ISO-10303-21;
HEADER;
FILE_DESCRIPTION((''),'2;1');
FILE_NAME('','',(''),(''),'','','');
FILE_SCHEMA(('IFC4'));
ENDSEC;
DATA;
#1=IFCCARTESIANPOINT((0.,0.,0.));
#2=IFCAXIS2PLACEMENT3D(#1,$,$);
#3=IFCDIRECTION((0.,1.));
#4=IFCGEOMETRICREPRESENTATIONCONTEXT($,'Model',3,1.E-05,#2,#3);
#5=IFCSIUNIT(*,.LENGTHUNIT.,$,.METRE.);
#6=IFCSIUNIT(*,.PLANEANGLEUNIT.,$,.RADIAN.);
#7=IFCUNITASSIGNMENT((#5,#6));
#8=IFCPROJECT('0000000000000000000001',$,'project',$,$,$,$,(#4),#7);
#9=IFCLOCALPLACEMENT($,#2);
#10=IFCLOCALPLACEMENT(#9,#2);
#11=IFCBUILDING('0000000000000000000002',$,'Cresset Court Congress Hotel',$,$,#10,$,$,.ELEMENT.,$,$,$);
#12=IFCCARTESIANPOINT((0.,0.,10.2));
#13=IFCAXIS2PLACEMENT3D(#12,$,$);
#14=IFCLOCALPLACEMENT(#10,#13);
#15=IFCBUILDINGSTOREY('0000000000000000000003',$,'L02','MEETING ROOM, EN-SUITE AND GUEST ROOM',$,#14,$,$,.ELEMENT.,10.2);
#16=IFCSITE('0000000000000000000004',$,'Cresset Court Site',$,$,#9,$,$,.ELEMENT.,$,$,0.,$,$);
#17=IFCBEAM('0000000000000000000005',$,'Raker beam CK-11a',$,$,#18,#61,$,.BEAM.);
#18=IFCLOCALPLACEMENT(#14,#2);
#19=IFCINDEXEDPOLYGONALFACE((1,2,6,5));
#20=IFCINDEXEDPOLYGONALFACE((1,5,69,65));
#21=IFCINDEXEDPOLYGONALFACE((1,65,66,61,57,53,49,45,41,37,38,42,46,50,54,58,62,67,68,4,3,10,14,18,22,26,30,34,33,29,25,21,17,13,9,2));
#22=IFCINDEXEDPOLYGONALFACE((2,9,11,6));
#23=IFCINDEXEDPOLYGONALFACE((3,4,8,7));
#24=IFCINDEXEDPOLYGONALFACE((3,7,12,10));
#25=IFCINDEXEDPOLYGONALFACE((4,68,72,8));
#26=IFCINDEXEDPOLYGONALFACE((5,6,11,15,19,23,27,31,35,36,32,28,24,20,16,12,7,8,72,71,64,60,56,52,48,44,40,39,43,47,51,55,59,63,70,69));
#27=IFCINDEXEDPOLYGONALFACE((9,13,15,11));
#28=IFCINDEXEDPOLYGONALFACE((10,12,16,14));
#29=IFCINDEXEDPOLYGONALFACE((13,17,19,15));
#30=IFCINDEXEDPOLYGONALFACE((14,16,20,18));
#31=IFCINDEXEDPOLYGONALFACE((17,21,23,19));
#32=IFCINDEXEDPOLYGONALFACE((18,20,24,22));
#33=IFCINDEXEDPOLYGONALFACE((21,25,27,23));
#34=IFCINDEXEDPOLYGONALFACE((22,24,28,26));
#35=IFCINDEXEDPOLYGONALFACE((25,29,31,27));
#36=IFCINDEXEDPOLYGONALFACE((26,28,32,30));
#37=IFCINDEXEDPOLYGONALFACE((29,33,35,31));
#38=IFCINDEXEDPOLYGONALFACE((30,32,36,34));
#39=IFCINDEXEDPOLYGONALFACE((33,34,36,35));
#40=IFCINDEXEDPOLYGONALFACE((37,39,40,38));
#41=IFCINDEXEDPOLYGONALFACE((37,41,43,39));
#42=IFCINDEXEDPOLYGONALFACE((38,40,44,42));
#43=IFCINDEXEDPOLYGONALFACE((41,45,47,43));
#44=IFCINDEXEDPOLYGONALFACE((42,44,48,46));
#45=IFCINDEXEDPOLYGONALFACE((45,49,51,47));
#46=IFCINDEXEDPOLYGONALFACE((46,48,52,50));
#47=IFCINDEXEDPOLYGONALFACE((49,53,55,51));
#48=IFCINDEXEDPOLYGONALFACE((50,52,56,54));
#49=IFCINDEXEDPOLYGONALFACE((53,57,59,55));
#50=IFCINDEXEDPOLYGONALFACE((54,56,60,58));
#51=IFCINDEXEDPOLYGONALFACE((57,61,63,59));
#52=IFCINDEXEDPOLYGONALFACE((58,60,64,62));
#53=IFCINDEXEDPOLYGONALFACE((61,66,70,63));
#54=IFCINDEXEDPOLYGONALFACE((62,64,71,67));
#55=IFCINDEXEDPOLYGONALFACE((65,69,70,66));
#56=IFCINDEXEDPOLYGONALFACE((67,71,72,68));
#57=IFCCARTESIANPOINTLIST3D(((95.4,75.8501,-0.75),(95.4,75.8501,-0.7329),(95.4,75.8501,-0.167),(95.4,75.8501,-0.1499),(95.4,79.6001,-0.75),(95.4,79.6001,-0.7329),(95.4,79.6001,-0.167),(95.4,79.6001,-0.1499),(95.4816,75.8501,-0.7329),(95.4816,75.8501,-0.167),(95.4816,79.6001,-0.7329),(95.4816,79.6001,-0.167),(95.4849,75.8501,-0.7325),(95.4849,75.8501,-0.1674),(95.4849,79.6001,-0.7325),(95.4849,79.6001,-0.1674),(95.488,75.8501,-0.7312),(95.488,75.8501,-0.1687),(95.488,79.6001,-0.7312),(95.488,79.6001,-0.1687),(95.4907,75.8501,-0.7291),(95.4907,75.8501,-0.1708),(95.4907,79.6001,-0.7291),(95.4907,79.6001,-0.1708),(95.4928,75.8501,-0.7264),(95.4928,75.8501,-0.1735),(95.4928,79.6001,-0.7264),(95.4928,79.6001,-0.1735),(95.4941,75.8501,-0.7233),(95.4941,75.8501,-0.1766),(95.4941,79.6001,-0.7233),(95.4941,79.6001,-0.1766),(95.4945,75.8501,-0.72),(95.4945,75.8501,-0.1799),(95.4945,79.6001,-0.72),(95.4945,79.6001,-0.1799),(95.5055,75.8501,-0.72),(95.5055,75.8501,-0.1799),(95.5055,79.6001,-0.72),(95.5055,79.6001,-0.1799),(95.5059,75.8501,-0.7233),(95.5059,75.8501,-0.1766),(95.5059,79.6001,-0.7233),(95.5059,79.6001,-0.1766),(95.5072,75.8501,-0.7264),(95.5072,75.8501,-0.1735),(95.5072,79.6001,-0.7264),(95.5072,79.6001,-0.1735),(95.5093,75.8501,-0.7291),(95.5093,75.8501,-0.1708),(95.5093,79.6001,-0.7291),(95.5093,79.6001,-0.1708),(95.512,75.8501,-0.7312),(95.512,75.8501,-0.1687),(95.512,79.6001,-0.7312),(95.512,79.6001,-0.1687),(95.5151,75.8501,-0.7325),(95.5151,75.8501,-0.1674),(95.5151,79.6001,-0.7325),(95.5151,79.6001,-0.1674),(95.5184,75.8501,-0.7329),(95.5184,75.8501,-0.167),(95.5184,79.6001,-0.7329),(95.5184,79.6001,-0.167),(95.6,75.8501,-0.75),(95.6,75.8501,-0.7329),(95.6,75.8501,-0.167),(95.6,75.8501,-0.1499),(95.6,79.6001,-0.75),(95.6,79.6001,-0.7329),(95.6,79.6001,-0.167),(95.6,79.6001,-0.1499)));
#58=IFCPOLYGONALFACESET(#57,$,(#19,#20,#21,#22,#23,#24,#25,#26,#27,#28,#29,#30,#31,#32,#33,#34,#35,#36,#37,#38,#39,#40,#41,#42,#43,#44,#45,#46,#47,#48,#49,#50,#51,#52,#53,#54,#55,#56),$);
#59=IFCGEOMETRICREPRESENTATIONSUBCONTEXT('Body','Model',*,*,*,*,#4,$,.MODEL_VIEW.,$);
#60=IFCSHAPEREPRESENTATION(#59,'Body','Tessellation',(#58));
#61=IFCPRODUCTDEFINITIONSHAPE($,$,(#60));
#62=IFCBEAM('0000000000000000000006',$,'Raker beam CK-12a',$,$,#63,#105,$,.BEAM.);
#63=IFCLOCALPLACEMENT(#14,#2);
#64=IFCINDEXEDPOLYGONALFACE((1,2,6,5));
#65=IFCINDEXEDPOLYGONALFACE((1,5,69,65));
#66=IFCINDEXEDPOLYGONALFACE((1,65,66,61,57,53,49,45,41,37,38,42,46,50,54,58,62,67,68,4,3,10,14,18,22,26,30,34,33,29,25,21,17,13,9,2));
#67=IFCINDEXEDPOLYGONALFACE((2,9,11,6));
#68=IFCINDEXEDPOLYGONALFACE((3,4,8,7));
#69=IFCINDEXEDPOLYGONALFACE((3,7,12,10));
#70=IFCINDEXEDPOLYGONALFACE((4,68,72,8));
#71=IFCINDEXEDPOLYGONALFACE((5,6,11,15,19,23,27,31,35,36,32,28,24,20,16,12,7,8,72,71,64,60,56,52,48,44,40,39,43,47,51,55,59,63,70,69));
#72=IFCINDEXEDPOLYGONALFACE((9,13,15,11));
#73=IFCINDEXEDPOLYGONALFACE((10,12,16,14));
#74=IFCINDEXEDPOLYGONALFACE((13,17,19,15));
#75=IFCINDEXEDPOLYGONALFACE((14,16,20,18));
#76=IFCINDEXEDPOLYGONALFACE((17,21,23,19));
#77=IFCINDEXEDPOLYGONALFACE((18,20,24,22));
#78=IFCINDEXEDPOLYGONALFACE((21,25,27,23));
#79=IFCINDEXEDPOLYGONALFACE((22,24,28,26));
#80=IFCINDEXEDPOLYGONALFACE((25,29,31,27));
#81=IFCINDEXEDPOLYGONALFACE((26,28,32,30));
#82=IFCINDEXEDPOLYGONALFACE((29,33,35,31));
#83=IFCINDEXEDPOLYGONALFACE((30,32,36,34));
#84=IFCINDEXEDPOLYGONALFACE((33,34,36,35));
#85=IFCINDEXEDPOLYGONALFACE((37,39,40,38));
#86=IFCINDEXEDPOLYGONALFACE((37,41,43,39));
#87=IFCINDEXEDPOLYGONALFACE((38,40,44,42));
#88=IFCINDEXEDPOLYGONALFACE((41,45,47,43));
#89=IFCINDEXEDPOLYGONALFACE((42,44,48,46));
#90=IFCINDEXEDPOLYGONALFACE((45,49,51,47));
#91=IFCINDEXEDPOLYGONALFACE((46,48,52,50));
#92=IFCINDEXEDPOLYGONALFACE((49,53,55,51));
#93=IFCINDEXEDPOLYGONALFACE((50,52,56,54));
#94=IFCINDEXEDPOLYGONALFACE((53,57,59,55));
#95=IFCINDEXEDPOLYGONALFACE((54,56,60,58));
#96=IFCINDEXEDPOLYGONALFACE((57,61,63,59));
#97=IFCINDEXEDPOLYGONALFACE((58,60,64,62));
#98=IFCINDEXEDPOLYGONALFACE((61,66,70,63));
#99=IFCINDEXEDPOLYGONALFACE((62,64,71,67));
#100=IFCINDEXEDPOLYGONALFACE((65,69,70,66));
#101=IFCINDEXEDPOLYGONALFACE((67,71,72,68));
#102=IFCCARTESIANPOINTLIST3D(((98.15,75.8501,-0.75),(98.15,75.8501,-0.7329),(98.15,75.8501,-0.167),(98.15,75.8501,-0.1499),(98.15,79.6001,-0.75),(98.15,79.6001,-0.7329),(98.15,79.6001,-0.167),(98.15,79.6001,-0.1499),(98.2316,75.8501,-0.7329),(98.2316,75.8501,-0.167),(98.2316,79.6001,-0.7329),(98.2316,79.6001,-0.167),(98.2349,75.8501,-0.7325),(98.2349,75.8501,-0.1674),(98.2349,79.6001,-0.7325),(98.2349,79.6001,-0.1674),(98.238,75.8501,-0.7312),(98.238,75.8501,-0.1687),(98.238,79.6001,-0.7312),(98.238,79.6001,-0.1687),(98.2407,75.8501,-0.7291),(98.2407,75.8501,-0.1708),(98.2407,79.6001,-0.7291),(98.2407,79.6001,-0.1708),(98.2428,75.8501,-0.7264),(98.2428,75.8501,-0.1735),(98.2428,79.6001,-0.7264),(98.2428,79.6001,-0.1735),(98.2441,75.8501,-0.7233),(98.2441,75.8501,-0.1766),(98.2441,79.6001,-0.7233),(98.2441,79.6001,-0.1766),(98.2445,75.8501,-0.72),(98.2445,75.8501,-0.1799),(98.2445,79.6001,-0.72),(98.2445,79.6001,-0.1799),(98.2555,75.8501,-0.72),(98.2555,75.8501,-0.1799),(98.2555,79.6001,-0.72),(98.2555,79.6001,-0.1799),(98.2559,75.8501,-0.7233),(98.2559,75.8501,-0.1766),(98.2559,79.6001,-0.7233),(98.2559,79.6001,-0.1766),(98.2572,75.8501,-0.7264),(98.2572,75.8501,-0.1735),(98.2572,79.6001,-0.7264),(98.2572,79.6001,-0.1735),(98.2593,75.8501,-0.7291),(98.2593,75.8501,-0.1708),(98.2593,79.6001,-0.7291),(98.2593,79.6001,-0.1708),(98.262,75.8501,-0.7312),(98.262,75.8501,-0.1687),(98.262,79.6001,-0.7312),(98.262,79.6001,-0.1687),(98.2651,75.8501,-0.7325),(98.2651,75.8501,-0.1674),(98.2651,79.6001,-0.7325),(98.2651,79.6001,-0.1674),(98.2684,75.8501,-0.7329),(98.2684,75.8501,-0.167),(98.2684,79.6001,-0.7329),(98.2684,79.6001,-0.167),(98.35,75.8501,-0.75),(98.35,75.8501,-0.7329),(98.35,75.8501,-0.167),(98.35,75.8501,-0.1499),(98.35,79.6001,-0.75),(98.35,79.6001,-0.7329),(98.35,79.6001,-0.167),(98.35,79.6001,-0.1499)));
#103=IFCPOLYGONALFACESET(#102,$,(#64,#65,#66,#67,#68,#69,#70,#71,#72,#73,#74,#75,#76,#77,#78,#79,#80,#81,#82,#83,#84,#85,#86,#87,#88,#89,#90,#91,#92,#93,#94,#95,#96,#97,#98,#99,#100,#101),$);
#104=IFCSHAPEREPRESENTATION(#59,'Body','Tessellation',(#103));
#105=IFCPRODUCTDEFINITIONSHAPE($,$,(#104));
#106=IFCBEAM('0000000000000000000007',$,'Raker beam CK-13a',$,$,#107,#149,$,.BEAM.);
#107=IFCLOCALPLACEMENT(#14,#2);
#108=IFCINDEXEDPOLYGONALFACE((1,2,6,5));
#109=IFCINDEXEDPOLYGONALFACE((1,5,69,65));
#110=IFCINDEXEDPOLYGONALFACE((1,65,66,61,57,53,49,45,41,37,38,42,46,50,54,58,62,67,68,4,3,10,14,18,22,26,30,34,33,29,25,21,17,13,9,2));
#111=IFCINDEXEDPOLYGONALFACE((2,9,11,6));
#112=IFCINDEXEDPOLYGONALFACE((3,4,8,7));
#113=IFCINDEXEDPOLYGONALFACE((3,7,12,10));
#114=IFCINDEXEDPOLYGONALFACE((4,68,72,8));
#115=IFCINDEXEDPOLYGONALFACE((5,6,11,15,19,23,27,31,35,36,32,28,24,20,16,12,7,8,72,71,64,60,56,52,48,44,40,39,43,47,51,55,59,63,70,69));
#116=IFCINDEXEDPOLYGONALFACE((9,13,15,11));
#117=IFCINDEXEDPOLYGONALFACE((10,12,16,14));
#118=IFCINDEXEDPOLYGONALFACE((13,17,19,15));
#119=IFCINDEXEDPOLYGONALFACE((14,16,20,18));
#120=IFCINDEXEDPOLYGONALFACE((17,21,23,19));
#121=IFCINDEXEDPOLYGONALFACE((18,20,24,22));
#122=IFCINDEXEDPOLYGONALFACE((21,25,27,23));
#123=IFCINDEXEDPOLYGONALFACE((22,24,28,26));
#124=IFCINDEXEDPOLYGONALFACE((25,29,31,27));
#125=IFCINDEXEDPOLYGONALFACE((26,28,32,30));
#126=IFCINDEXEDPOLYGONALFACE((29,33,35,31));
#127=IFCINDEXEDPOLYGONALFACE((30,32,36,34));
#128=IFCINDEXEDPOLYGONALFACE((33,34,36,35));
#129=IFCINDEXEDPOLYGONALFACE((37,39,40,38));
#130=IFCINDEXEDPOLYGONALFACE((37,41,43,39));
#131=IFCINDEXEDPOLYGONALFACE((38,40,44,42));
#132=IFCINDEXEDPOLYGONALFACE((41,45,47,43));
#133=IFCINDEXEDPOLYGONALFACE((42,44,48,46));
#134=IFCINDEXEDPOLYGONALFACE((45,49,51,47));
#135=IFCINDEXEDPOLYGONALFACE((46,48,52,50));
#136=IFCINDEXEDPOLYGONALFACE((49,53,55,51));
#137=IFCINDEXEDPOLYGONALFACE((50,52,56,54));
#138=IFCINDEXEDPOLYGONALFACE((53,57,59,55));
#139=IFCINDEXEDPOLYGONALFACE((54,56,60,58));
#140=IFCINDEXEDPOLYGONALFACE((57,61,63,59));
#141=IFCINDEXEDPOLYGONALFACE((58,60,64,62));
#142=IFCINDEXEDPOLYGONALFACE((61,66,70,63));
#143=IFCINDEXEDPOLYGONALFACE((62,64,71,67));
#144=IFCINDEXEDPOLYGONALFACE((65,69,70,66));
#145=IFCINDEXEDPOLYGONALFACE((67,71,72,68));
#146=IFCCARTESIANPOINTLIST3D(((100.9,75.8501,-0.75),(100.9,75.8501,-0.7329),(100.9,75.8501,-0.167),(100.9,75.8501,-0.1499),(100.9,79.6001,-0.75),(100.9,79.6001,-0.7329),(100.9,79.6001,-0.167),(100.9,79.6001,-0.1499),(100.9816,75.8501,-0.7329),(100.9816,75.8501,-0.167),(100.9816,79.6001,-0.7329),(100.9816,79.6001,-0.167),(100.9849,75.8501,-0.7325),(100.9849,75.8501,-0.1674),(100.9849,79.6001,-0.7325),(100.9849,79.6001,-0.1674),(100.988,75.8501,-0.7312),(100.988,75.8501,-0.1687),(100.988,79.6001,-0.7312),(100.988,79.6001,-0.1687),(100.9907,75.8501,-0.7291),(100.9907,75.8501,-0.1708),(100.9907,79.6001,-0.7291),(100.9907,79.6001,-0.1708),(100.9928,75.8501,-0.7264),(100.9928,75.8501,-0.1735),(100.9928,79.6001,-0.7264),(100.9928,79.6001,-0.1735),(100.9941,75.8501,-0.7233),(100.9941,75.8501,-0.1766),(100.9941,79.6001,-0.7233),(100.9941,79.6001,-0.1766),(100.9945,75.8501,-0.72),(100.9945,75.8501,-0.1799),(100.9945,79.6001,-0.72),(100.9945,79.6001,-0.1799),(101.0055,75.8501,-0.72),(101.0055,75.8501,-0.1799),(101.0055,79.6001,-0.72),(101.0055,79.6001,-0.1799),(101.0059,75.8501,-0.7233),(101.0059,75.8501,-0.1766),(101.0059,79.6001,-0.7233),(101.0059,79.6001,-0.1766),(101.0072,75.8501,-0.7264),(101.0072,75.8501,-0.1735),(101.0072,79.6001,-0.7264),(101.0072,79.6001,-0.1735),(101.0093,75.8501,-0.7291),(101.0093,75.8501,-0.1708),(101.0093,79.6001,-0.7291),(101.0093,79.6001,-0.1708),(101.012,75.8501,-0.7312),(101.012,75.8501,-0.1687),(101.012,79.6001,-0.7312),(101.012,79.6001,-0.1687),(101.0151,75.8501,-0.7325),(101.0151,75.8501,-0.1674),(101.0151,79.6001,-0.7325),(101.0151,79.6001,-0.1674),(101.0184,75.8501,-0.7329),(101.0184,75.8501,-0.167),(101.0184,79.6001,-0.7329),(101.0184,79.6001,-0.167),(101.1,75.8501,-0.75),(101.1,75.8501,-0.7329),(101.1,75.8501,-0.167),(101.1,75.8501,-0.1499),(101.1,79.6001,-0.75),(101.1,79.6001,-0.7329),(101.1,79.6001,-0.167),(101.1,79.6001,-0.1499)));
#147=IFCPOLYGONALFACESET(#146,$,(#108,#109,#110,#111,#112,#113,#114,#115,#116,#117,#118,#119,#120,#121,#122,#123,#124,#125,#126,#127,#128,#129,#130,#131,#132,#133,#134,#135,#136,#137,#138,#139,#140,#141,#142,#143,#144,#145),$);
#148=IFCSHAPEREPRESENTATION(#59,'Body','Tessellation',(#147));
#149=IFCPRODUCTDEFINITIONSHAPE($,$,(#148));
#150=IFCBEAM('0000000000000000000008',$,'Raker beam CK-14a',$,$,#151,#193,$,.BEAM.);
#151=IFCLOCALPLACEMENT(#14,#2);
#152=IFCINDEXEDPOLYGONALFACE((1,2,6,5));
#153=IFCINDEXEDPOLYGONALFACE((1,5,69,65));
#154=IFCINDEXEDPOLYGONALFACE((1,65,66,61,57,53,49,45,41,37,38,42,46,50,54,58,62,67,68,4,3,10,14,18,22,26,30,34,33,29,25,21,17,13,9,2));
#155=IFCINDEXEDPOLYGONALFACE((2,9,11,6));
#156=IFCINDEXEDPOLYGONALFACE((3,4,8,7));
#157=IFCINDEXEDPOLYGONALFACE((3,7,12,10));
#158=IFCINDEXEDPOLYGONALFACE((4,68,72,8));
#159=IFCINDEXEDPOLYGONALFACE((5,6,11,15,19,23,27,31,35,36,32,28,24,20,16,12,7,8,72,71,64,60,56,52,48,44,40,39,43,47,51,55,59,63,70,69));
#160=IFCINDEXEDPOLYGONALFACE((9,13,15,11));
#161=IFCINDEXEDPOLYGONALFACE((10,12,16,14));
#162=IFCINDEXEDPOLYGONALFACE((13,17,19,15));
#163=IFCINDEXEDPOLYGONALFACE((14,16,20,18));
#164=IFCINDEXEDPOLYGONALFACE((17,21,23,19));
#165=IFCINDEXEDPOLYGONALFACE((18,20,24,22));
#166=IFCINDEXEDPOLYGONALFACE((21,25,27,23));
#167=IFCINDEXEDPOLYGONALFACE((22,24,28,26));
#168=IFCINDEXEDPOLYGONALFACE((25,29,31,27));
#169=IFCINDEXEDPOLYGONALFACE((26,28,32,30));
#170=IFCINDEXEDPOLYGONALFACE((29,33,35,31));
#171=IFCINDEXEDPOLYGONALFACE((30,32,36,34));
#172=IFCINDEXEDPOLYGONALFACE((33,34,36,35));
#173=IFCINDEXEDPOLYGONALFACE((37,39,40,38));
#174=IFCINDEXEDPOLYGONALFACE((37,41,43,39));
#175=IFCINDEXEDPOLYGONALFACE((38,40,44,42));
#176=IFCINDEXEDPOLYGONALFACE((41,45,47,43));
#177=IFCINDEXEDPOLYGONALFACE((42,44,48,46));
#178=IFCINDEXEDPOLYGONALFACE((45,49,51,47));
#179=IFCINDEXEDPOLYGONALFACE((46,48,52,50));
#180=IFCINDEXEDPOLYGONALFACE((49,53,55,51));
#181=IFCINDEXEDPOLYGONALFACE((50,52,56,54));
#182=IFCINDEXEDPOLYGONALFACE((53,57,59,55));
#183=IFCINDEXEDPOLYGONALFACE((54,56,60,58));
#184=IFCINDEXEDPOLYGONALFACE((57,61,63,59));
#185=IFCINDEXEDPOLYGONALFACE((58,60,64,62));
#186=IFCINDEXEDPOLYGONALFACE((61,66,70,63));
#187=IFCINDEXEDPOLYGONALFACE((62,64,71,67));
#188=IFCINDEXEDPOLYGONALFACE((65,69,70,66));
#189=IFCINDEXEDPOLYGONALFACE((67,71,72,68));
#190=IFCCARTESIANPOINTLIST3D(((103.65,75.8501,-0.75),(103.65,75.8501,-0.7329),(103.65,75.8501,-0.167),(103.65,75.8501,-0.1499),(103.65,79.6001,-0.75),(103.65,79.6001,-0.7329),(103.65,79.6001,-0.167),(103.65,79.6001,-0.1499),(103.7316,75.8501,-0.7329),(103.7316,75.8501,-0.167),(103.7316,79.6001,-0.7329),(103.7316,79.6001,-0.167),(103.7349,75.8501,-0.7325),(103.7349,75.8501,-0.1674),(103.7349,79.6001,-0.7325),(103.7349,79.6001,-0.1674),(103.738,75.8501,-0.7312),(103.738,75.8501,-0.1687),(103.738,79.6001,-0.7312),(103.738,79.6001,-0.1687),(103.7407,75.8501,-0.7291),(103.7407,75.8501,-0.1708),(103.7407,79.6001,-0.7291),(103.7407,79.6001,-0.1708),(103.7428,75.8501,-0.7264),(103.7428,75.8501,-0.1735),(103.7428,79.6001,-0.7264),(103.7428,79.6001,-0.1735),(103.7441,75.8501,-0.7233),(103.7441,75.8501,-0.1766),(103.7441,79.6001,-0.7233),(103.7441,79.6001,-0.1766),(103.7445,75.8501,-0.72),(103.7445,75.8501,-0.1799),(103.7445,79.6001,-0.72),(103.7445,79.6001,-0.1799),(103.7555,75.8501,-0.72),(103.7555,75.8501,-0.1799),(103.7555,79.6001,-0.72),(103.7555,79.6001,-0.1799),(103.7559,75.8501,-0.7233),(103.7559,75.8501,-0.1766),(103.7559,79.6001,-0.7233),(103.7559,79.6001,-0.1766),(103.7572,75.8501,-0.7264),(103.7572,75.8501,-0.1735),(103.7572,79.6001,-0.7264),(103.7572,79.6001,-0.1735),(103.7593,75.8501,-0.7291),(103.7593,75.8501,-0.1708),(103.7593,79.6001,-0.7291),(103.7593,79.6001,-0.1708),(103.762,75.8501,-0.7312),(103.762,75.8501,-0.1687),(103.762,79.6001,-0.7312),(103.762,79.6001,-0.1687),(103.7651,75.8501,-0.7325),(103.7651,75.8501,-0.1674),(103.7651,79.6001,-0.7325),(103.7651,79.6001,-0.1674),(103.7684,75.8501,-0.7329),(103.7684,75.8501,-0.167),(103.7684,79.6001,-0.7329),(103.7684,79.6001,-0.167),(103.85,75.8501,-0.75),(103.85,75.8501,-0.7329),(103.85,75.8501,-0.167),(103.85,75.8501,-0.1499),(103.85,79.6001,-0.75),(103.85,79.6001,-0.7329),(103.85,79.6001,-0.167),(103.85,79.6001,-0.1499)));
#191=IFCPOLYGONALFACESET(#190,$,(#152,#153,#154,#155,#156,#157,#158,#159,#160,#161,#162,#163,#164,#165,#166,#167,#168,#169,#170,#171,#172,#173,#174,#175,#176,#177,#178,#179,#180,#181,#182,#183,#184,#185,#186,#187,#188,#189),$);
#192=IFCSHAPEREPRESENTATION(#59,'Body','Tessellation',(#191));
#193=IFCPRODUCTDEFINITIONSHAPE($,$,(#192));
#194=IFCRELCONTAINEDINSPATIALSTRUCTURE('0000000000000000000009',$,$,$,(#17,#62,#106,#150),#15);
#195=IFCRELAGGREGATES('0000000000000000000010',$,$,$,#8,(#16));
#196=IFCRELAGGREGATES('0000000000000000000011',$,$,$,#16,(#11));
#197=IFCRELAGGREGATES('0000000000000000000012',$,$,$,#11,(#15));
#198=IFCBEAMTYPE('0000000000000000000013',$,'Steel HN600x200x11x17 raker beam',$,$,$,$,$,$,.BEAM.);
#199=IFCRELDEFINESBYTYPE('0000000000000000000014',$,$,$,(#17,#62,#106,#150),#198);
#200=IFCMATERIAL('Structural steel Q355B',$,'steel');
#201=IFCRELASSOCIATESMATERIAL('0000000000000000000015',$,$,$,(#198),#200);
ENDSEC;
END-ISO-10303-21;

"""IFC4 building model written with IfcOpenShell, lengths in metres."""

from ifc_helpers import new_model, si_unit, direction, frame, origin, origin_2d, place, context, subcontext, project, spatial, i_section, extrude, material, material_profile, profile_set, type_object, element, save


model = new_model("IFC4")

# Units and contexts
model_context = context("Model", 3, precision=1e-05, world=origin(), true_north=direction((0.0, 1.0)))
body_context = subcontext(model_context, "Body", "Model", "MODEL_VIEW")
ifc_project = project(units=[si_unit("LENGTHUNIT", "METRE"), si_unit("PLANEANGLEUNIT", "RADIAN")], contexts=[model_context])

# Site, building, storey
site_placement = place(None, origin())
site = spatial("IfcSite", under=ifc_project, at=site_placement, Name="Cresset Court Site", CompositionType="ELEMENT", RefElevation=0.0)
building_placement = place(site_placement, origin())
building = spatial("IfcBuilding", under=site, at=building_placement, Name="Cresset Court Congress Hotel", CompositionType="ELEMENT")
storey_placement = place(building_placement, frame((0.0, 0.0, 10.2)))
storey = spatial("IfcBuildingStorey", under=building, at=storey_placement, Name="L02", Description="MEETING ROOM, EN-SUITE AND GUEST ROOM", CompositionType="ELEMENT", Elevation=10.2)

# Beams
ifc_material_1 = material(Name="Structural steel Q355B", Category="steel")
ifc_material_profile_1 = material_profile(ifc_material_1, i_section(OverallWidth=0.2, OverallDepth=0.6001, WebThickness=0.011, FlangeThickness=0.0171, FilletRadius=0.0129, at=origin_2d()), Name="HN600x200x11x17")
ifc_profile_set_1 = profile_set([ifc_material_profile_1], Name="Structural steel Q355B")
beam_type_1 = type_object("IfcBeamType", Name="Steel HN600x200x11x17 raker beam", PredefinedType="BEAM", material=ifc_profile_set_1)
for number, where, z_axis, x_axis, name in (
    (1, (95.5, 75.8501, -0.45), (0.0, 1.0, 0.0), (-1.0, 0.0, 0.0), "Raker beam CK-11a"),
    (2, (98.25, 75.8501, -0.45), (0.0, 1.0, 0.0), (-1.0, 0.0, 0.0), "Raker beam CK-12a"),
    (3, (101.0, 75.8501, -0.45), (0.0, 1.0, 0.0), (-1.0, 0.0, 0.0), "Raker beam CK-13a"),
    (4, (103.75, 75.8501, -0.45), (0.0, 1.0, 0.0), (-1.0, 0.0, 0.0), "Raker beam CK-14a"),
):
    element("IfcBeam", number, at=place(storey_placement, frame(where, z_axis=z_axis, x_axis=x_axis)), inside=storey, type_object=beam_type_1, Name=name, PredefinedType="BEAM", context=body_context, shape_type="SweptSolid", body=[
        extrude(i_section(OverallWidth=0.2, OverallDepth=0.6001, WebThickness=0.011, FlangeThickness=0.0171, FilletRadius=0.0129, at=origin_2d()), origin(), (0.0, 0.0, 1.0), 3.75),
    ])

save(model, "model.ifc")
